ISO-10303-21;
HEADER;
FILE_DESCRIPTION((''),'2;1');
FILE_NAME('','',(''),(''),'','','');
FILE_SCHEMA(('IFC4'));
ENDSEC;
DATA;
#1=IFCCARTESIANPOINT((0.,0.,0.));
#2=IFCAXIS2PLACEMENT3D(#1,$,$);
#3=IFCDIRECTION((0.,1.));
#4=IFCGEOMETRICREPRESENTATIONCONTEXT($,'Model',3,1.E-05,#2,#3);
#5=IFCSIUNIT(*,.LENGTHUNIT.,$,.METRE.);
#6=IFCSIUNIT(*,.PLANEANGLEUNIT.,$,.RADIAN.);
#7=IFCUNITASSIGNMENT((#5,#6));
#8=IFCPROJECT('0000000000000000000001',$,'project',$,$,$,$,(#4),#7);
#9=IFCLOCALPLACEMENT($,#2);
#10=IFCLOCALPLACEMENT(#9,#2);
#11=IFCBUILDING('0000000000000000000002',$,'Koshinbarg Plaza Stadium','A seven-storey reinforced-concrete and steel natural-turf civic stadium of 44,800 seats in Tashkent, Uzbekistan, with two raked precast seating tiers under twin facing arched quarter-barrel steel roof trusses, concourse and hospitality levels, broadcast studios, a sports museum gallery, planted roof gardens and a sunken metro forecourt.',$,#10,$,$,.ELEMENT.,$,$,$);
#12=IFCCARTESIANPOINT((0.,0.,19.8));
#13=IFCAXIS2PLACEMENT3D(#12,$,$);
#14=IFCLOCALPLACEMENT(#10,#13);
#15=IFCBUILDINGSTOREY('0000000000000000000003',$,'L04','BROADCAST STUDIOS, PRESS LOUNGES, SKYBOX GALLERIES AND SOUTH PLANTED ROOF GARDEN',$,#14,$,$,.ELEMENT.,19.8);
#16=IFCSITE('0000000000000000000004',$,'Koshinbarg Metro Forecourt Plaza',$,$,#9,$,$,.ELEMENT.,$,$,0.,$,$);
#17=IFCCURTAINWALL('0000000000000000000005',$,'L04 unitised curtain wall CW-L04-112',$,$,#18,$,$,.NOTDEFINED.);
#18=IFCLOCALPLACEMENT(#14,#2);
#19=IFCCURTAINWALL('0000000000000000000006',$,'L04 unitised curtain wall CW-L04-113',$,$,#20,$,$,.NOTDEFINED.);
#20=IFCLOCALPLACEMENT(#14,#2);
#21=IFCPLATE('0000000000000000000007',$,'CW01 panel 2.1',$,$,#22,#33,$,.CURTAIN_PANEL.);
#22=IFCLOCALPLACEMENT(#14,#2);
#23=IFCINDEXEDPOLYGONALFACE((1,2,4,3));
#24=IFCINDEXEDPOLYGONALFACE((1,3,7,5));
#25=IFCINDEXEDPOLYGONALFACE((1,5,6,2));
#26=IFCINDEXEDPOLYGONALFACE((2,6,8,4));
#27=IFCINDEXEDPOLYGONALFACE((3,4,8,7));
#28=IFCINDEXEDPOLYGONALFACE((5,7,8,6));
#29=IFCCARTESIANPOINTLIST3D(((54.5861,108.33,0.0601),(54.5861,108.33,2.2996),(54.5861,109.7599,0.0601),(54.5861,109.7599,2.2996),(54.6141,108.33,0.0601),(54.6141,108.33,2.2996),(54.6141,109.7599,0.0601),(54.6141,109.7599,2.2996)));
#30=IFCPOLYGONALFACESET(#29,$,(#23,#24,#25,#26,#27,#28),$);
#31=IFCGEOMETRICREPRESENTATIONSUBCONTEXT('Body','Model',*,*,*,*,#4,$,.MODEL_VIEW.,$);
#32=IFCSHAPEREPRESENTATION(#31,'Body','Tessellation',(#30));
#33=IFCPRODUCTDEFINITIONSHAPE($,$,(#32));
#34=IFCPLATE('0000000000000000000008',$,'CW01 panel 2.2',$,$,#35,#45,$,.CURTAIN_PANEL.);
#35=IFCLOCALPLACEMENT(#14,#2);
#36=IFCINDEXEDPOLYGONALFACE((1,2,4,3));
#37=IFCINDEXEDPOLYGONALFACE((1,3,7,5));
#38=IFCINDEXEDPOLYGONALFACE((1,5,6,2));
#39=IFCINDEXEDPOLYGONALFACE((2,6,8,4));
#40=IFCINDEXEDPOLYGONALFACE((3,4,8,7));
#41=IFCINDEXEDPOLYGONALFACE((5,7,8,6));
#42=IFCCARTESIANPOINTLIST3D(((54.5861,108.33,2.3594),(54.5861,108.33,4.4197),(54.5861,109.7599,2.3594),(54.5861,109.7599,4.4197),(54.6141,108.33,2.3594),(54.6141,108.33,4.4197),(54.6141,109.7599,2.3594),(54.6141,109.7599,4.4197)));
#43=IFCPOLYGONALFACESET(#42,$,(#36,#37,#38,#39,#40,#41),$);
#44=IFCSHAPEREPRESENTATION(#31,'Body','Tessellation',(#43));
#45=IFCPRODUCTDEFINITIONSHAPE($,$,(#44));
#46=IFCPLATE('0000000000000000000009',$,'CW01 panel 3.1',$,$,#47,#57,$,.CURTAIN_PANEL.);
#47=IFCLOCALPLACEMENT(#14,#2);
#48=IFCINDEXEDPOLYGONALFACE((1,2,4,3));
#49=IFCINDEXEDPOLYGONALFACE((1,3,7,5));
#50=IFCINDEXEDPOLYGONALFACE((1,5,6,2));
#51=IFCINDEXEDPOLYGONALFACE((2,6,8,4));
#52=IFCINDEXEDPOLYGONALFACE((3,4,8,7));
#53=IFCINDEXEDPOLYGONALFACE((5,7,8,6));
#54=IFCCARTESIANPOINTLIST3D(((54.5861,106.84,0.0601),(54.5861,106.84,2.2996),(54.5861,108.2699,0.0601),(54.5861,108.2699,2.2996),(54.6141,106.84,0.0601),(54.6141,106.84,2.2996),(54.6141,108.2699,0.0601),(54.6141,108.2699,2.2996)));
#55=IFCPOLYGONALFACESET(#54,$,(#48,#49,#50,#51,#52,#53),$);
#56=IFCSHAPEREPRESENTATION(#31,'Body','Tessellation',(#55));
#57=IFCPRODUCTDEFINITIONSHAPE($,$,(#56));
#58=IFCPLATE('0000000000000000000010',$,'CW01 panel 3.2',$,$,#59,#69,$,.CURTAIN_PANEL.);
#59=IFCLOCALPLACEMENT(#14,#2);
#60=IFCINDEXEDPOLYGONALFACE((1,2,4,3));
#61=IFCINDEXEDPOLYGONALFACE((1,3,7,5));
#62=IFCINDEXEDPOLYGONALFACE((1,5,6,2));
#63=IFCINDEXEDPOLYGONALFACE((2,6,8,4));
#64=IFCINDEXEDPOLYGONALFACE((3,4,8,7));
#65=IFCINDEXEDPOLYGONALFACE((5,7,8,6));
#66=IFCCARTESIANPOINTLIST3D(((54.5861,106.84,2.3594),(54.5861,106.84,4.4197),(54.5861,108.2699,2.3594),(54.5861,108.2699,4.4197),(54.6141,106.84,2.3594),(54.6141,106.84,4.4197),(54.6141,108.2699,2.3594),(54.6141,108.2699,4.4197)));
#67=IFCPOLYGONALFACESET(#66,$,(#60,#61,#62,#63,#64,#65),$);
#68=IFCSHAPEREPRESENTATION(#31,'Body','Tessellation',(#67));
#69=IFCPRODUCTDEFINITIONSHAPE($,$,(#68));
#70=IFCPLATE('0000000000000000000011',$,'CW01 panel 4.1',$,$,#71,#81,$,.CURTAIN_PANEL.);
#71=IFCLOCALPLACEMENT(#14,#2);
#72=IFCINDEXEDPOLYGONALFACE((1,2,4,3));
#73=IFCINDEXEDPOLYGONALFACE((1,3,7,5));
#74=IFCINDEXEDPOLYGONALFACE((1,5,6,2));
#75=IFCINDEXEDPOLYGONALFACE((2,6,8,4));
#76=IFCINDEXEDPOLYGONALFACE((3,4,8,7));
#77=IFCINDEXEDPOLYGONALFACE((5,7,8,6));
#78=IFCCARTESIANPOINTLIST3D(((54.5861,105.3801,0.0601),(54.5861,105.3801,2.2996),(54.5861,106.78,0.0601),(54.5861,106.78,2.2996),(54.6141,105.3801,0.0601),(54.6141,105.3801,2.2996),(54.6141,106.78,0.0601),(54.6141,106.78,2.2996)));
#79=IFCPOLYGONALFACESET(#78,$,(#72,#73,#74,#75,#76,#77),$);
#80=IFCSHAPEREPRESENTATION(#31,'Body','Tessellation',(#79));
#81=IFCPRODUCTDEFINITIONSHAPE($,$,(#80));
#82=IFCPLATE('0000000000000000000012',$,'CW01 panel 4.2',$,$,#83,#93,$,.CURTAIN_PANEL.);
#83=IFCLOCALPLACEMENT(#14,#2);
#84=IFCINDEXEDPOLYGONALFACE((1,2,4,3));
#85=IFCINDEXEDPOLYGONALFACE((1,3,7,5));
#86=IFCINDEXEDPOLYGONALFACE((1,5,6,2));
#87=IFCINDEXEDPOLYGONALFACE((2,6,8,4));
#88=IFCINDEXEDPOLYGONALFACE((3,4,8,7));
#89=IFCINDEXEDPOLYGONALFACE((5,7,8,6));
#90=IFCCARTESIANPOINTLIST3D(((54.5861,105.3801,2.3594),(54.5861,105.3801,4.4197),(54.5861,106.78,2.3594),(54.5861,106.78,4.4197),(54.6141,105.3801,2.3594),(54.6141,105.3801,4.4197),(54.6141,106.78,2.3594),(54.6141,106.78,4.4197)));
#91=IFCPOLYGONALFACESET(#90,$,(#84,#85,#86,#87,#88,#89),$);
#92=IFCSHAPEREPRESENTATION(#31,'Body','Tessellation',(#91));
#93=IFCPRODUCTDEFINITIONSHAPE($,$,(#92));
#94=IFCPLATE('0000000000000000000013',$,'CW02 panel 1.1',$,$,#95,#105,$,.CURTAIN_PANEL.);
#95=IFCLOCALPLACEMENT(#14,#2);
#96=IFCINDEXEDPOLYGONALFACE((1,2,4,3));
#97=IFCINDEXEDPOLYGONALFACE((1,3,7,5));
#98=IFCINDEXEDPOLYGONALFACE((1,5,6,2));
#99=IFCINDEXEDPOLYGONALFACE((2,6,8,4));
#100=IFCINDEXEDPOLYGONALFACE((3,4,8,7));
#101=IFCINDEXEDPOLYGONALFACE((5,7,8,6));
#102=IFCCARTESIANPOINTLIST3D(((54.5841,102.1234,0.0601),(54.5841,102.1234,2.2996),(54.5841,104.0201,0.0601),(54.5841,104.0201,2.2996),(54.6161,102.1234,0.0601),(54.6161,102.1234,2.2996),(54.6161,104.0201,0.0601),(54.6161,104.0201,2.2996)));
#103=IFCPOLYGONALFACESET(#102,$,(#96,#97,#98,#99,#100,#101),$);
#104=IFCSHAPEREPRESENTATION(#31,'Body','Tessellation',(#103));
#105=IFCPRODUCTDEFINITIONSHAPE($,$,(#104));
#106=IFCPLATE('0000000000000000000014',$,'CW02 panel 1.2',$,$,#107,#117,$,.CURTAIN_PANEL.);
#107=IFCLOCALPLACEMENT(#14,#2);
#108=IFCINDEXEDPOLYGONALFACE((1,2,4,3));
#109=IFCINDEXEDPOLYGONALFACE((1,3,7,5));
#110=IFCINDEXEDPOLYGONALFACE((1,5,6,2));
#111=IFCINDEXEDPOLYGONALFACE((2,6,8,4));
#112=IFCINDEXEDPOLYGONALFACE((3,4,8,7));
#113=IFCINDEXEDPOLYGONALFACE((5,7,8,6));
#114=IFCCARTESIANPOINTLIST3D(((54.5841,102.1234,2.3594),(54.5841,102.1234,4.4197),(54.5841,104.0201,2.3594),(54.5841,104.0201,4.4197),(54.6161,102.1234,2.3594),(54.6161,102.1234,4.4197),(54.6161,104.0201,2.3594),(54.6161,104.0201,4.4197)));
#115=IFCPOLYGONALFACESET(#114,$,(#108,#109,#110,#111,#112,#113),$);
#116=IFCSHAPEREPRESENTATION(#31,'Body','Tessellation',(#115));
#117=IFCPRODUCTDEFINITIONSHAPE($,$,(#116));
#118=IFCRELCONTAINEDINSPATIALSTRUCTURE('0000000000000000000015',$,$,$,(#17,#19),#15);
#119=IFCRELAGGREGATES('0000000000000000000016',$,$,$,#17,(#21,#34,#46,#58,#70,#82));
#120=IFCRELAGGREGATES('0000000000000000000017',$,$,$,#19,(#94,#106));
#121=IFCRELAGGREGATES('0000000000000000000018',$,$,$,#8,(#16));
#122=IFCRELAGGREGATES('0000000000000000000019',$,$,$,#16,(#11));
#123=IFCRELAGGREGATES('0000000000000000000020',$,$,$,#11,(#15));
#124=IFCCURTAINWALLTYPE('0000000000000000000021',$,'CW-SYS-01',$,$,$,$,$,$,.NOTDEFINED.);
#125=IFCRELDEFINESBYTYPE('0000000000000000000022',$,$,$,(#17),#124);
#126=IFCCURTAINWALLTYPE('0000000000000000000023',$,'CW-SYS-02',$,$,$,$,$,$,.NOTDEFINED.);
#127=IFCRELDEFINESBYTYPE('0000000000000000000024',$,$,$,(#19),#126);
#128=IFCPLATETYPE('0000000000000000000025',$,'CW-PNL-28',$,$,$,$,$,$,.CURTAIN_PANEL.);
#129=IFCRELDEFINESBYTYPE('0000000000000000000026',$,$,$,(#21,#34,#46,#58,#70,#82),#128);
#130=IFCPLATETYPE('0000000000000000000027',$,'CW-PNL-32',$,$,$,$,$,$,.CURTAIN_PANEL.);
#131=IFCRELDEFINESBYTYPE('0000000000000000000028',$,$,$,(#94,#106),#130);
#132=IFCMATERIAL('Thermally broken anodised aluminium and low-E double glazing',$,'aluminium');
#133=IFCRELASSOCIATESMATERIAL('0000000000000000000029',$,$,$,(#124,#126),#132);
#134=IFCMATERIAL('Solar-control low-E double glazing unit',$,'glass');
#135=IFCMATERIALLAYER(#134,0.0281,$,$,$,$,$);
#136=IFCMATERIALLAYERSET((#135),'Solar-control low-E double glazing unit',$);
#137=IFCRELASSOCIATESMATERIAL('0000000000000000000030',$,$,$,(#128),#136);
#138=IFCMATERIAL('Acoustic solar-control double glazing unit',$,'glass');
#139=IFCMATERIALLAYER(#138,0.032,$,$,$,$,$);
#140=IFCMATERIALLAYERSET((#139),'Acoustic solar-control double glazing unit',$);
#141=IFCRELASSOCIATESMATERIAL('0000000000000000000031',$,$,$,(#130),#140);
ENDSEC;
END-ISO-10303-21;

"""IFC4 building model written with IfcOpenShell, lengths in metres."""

from ifc_helpers import new_model, si_unit, direction, frame, origin, origin_2d, place, context, subcontext, project, spatial, rectangle, extrude, material, layer, layer_set, type_object, element, aggregate, save


model = new_model("IFC4")

# Units and contexts
model_context = context("Model", 3, precision=1e-05, world=origin(), true_north=direction((0.0, 1.0)))
body_context = subcontext(model_context, "Body", "Model", "MODEL_VIEW")
ifc_project = project(units=[si_unit("LENGTHUNIT", "METRE"), si_unit("PLANEANGLEUNIT", "RADIAN")], contexts=[model_context])

# Site, building, storey
site_placement = place(None, origin())
site = spatial("IfcSite", under=ifc_project, at=site_placement, Name="Koshinbarg Metro Forecourt Plaza", CompositionType="ELEMENT", RefElevation=0.0)
building_placement = place(site_placement, origin())
building = spatial("IfcBuilding", under=site, at=building_placement, Name="Koshinbarg Plaza Stadium", Description="A seven-storey reinforced-concrete and steel natural-turf civic stadium of 44,800 seats in Tashkent, Uzbekistan, with two raked precast seating tiers under twin facing arched quarter-barrel steel roof trusses, concourse and hospitality levels, broadcast studios, a sports museum gallery, planted roof gardens and a sunken metro forecourt.", CompositionType="ELEMENT")
storey_placement = place(building_placement, frame((0.0, 0.0, 19.8)))
storey = spatial("IfcBuildingStorey", under=building, at=storey_placement, Name="L04", Description="BROADCAST STUDIOS, PRESS LOUNGES, SKYBOX GALLERIES AND SOUTH PLANTED ROOF GARDEN", CompositionType="ELEMENT", Elevation=19.8)

# Curtain walls
ifc_material_1 = material(Name="Thermally broken anodised aluminium and low-E double glazing", Category="aluminium")
curtain_wall_type_1 = type_object("IfcCurtainWallType", Name="CW-SYS-01", PredefinedType="NOTDEFINED", material=ifc_material_1)
curtain_wall_1_placement = place(storey_placement, origin())
curtain_wall_1 = element("IfcCurtainWall", 1, at=curtain_wall_1_placement, inside=storey, type_object=curtain_wall_type_1, Name="L04 unitised curtain wall CW-L04-112", PredefinedType="NOTDEFINED")
curtain_wall_type_2 = type_object("IfcCurtainWallType", Name="CW-SYS-02", PredefinedType="NOTDEFINED", material=ifc_material_1)
curtain_wall_2_placement = place(storey_placement, origin())
curtain_wall_2 = element("IfcCurtainWall", 2, at=curtain_wall_2_placement, inside=storey, type_object=curtain_wall_type_2, Name="L04 unitised curtain wall CW-L04-113", PredefinedType="NOTDEFINED")

# Plates
ifc_material_2 = material(Name="Solar-control low-E double glazing unit", Category="glass")
ifc_layer_1 = layer(ifc_material_2, 0.0281)
ifc_layer_set_1 = layer_set([ifc_layer_1], Name="Solar-control low-E double glazing unit")
plate_type_1 = type_object("IfcPlateType", Name="CW-PNL-28", PredefinedType="CURTAIN_PANEL", material=ifc_layer_set_1)
plate_1_placement = place(storey_placement, frame((54.6001, 109.0449, 0.0601), z_axis=(0.0, 0.0, 1.0), x_axis=(0.0, -1.0, 0.0)))
plate_1 = element("IfcPlate", 3, at=plate_1_placement, type_object=plate_type_1, Name="CW01 panel 2.1", PredefinedType="CURTAIN_PANEL", context=body_context, shape_type="SweptSolid", body=[
    extrude(rectangle(XDim=1.4299, YDim=0.0281, at=origin_2d()), origin(), (0.0, 0.0, 1.0), 2.2395),
])
plate_2_placement = place(storey_placement, frame((54.6001, 109.0449, 2.3594), z_axis=(0.0, 0.0, 1.0), x_axis=(0.0, -1.0, 0.0)))
plate_2 = element("IfcPlate", 4, at=plate_2_placement, type_object=plate_type_1, Name="CW01 panel 2.2", PredefinedType="CURTAIN_PANEL", context=body_context, shape_type="SweptSolid", body=[
    extrude(rectangle(XDim=1.4299, YDim=0.0281, at=origin_2d()), origin(), (0.0, 0.0, 1.0), 2.0603),
])
plate_3_placement = place(storey_placement, frame((54.6001, 107.5549, 0.0601), z_axis=(0.0, 0.0, 1.0), x_axis=(0.0, -1.0, 0.0)))
plate_3 = element("IfcPlate", 5, at=plate_3_placement, type_object=plate_type_1, Name="CW01 panel 3.1", PredefinedType="CURTAIN_PANEL", context=body_context, shape_type="SweptSolid", body=[
    extrude(rectangle(XDim=1.4299, YDim=0.0281, at=origin_2d()), origin(), (0.0, 0.0, 1.0), 2.2395),
])
plate_4_placement = place(storey_placement, frame((54.6001, 107.5549, 2.3594), z_axis=(0.0, 0.0, 1.0), x_axis=(0.0, -1.0, 0.0)))
plate_4 = element("IfcPlate", 6, at=plate_4_placement, type_object=plate_type_1, Name="CW01 panel 3.2", PredefinedType="CURTAIN_PANEL", context=body_context, shape_type="SweptSolid", body=[
    extrude(rectangle(XDim=1.4299, YDim=0.0281, at=origin_2d()), origin(), (0.0, 0.0, 1.0), 2.0603),
])
plate_5_placement = place(storey_placement, frame((54.6001, 106.0801, 0.0601), z_axis=(0.0, 0.0, 1.0), x_axis=(0.0, -1.0, 0.0)))
plate_5 = element("IfcPlate", 7, at=plate_5_placement, type_object=plate_type_1, Name="CW01 panel 4.1", PredefinedType="CURTAIN_PANEL", context=body_context, shape_type="SweptSolid", body=[
    extrude(rectangle(XDim=1.3999, YDim=0.0281, at=origin_2d()), origin(), (0.0, 0.0, 1.0), 2.2395),
])
plate_6_placement = place(storey_placement, frame((54.6001, 106.0801, 2.3594), z_axis=(0.0, 0.0, 1.0), x_axis=(0.0, -1.0, 0.0)))
plate_6 = element("IfcPlate", 8, at=plate_6_placement, type_object=plate_type_1, Name="CW01 panel 4.2", PredefinedType="CURTAIN_PANEL", context=body_context, shape_type="SweptSolid", body=[
    extrude(rectangle(XDim=1.3999, YDim=0.0281, at=origin_2d()), origin(), (0.0, 0.0, 1.0), 2.0603),
])
aggregate(curtain_wall_1, [plate_1, plate_2, plate_3, plate_4, plate_5, plate_6])
ifc_material_3 = material(Name="Acoustic solar-control double glazing unit", Category="glass")
ifc_layer_2 = layer(ifc_material_3, 0.032)
ifc_layer_set_2 = layer_set([ifc_layer_2], Name="Acoustic solar-control double glazing unit")
plate_type_2 = type_object("IfcPlateType", Name="CW-PNL-32", PredefinedType="CURTAIN_PANEL", material=ifc_layer_set_2)
plate_7_placement = place(storey_placement, frame((54.6001, 103.0718, 0.0601), z_axis=(0.0, 0.0, 1.0), x_axis=(0.0, -1.0, 0.0)))
plate_7 = element("IfcPlate", 9, at=plate_7_placement, type_object=plate_type_2, Name="CW02 panel 1.1", PredefinedType="CURTAIN_PANEL", context=body_context, shape_type="SweptSolid", body=[
    extrude(rectangle(XDim=1.8967, YDim=0.032, at=origin_2d()), origin(), (0.0, 0.0, 1.0), 2.2395),
])
plate_8_placement = place(storey_placement, frame((54.6001, 103.0718, 2.3594), z_axis=(0.0, 0.0, 1.0), x_axis=(0.0, -1.0, 0.0)))
plate_8 = element("IfcPlate", 10, at=plate_8_placement, type_object=plate_type_2, Name="CW02 panel 1.2", PredefinedType="CURTAIN_PANEL", context=body_context, shape_type="SweptSolid", body=[
    extrude(rectangle(XDim=1.8967, YDim=0.032, at=origin_2d()), origin(), (0.0, 0.0, 1.0), 2.0603),
])
aggregate(curtain_wall_2, [plate_7, plate_8])

save(model, "model.ifc")
